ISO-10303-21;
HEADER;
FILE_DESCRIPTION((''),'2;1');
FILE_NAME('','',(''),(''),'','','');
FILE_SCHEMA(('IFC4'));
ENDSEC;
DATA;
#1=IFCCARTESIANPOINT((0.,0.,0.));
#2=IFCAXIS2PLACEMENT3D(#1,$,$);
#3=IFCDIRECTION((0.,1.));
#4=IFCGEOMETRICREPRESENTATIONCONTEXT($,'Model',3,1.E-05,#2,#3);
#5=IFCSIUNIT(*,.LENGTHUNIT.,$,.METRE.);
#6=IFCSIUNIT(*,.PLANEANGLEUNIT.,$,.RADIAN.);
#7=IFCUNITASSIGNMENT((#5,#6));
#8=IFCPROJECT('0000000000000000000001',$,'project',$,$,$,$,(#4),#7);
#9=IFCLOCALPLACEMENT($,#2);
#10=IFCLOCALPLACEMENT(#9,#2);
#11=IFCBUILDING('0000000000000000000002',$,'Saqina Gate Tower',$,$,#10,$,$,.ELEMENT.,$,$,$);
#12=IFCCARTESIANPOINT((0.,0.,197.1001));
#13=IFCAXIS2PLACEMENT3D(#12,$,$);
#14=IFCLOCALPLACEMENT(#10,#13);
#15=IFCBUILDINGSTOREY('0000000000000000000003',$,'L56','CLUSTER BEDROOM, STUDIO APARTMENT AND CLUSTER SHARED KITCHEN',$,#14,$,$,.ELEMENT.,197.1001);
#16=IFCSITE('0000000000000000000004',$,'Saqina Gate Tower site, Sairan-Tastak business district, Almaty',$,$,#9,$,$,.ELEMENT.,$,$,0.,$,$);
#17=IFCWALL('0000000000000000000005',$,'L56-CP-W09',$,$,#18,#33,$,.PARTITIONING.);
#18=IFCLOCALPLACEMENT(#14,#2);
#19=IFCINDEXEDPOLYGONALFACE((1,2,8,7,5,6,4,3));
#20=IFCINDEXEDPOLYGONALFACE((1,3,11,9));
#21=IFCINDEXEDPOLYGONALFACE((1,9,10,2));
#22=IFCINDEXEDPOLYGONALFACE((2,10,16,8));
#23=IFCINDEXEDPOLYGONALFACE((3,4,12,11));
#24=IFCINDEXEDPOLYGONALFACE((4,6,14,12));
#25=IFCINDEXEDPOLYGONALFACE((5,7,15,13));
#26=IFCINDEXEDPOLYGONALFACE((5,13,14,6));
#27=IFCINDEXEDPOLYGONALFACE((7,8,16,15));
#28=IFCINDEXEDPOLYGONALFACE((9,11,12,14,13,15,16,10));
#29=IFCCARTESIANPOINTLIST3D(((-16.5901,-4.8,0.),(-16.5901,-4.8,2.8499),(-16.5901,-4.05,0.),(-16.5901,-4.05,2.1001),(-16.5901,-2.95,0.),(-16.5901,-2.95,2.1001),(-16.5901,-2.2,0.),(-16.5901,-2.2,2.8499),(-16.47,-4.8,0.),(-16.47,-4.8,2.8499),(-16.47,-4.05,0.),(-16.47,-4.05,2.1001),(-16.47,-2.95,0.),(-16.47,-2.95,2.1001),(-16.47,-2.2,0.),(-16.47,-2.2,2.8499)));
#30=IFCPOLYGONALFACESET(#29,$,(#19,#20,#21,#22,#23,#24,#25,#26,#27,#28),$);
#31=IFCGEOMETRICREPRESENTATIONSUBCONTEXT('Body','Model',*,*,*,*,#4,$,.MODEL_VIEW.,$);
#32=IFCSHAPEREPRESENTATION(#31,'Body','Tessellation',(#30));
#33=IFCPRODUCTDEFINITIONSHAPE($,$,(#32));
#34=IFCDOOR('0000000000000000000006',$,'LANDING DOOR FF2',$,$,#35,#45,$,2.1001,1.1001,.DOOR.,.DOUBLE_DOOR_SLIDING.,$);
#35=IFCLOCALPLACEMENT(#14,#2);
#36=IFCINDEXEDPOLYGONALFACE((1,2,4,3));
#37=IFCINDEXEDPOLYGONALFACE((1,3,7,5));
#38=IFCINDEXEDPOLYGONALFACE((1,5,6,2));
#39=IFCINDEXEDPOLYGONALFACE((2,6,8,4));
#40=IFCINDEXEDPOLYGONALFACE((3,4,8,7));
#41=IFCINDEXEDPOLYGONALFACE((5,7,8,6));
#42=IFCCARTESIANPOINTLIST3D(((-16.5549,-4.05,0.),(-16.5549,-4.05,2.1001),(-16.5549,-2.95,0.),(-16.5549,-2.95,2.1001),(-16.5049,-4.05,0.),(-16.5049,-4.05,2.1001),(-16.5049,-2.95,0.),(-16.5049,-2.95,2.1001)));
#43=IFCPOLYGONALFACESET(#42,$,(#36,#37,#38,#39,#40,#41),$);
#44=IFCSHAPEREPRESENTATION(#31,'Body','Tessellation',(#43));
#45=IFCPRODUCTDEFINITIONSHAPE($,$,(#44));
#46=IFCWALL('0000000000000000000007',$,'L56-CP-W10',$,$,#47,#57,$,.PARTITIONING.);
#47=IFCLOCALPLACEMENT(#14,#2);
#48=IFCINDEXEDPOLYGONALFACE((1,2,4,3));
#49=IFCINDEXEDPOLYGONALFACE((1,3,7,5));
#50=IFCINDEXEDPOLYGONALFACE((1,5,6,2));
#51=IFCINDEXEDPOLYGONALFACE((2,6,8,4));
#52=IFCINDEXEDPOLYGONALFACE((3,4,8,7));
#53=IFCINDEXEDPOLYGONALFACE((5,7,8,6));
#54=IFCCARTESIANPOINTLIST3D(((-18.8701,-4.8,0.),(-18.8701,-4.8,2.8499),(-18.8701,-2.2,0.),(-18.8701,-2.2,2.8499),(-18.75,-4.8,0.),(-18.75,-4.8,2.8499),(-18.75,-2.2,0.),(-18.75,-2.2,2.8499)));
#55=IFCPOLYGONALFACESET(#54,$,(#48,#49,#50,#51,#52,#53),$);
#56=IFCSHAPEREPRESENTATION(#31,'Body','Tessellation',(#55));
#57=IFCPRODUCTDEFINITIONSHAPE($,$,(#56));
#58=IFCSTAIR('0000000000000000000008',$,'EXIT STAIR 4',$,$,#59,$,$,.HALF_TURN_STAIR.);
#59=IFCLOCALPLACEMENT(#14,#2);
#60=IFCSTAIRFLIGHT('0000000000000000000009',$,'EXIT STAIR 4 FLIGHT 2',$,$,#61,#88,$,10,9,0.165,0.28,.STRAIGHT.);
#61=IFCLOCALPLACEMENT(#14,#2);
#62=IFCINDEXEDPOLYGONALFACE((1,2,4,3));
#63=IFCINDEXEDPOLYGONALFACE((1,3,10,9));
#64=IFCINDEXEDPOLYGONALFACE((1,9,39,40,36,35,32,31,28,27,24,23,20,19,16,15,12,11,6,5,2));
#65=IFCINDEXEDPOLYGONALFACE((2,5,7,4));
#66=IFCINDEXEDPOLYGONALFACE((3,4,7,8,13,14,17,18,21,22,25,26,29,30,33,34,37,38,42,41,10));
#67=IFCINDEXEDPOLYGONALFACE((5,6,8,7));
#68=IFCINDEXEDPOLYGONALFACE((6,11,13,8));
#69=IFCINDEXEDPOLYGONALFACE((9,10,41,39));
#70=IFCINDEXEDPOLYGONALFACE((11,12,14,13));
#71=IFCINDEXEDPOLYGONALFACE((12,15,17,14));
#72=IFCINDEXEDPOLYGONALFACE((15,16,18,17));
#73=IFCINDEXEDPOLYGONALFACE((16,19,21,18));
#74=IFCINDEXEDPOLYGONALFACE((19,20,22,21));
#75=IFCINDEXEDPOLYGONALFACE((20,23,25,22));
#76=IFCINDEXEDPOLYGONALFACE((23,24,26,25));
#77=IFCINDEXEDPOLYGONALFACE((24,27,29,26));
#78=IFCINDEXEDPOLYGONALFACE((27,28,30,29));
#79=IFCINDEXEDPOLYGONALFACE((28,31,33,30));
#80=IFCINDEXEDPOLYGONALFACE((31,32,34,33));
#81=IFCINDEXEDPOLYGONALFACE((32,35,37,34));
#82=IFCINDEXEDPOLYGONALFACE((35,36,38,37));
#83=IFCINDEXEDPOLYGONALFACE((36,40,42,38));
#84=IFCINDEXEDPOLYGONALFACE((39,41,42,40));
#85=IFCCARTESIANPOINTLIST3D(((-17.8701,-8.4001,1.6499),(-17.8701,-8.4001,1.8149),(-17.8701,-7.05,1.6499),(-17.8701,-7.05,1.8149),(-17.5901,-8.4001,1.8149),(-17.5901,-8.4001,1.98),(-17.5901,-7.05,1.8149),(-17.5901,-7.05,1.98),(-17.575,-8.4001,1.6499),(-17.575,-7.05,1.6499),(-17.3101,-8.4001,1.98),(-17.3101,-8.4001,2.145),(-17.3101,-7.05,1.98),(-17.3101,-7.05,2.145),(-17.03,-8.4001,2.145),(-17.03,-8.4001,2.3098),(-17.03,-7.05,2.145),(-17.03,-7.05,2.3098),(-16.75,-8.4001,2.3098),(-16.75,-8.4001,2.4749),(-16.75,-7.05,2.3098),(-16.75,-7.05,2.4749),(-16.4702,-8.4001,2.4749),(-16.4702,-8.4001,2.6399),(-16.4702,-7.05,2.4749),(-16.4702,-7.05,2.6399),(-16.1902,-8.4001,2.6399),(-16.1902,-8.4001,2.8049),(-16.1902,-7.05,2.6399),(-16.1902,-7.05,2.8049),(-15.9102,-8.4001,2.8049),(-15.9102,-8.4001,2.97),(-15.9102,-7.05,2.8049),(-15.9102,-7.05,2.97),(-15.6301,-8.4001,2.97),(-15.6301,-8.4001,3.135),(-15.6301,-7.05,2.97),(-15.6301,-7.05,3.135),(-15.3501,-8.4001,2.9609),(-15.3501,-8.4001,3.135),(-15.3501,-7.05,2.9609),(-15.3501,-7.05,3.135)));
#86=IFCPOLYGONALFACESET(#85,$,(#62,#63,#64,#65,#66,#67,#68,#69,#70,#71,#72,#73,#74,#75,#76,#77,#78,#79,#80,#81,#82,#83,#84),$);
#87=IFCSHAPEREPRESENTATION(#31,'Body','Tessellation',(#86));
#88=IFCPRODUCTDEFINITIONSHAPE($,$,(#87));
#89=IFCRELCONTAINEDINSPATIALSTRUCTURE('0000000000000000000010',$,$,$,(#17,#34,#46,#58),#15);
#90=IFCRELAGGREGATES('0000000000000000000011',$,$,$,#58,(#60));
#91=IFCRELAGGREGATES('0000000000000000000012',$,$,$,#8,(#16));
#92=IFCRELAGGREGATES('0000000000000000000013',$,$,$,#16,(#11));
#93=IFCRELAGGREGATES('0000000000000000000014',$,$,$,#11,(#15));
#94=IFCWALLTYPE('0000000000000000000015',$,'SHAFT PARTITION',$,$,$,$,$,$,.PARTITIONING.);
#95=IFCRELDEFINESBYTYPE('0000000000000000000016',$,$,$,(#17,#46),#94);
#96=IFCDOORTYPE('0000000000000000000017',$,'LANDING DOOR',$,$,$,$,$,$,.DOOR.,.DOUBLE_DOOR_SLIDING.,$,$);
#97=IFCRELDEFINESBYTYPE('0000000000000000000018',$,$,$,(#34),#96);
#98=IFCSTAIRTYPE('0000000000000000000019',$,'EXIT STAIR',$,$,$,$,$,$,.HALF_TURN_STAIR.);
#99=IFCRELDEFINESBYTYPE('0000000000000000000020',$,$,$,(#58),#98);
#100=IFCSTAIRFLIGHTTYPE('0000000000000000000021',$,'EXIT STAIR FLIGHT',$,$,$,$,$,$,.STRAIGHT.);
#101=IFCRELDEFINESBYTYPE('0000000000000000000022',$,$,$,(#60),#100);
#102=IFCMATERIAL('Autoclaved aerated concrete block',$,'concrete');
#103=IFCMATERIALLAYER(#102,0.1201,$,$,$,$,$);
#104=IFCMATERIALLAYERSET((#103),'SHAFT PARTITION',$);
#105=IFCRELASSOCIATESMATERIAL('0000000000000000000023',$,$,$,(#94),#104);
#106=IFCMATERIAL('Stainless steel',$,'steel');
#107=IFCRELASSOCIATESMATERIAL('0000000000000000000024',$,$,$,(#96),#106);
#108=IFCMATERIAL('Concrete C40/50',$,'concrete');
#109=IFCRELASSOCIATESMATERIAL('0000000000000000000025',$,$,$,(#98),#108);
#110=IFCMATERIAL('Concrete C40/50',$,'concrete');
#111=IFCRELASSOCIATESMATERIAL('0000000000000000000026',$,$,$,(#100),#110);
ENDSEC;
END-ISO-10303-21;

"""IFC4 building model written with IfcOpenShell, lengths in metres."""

from ifc_helpers import new_model, si_unit, direction, frame, frame_2d, origin, place, context, subcontext, project, spatial, polyline, rectangle, outline, extrude, material, layer, layer_set, type_object, element, fill, aggregate, save


model = new_model("IFC4")

# Units and contexts
model_context = context("Model", 3, precision=1e-05, world=origin(), true_north=direction((0.0, 1.0)))
body_context = subcontext(model_context, "Body", "Model", "MODEL_VIEW")
ifc_project = project(units=[si_unit("LENGTHUNIT", "METRE"), si_unit("PLANEANGLEUNIT", "RADIAN")], contexts=[model_context])

# Site, building, storey
site_placement = place(None, origin())
site = spatial("IfcSite", under=ifc_project, at=site_placement, Name="Saqina Gate Tower site, Sairan-Tastak business district, Almaty", CompositionType="ELEMENT", RefElevation=0.0)
building_placement = place(site_placement, origin())
building = spatial("IfcBuilding", under=site, at=building_placement, Name="Saqina Gate Tower", CompositionType="ELEMENT")
storey_placement = place(building_placement, frame((0.0, 0.0, 197.1001)))
storey = spatial("IfcBuildingStorey", under=building, at=storey_placement, Name="L56", Description="CLUSTER BEDROOM, STUDIO APARTMENT AND CLUSTER SHARED KITCHEN", CompositionType="ELEMENT", Elevation=197.1001)

# Wall, opening, door
ifc_material_1 = material(Name="Autoclaved aerated concrete block", Category="concrete")
ifc_layer_1 = layer(ifc_material_1, 0.1201)
ifc_layer_set_1 = layer_set([ifc_layer_1], Name="SHAFT PARTITION")
wall_type_1 = type_object("IfcWallType", Name="SHAFT PARTITION", PredefinedType="PARTITIONING", material=ifc_layer_set_1)
wall_1_placement = place(storey_placement, frame((-16.53, -4.8, 0.0), z_axis=(0.0, 0.0, 1.0), x_axis=(0.0, 1.0, 0.0)))
wall_1 = element("IfcWall", 1, at=wall_1_placement, inside=storey, type_object=wall_type_1, Name="L56-CP-W09", PredefinedType="PARTITIONING", context=body_context, shape_type="SweptSolid", body=[
    extrude(rectangle(XDim=2.6001, YDim=0.1201, at=frame_2d((1.3, 0.0))), origin(), (0.0, 0.0, 1.0), 2.8499),
])
opening_1_placement = place(wall_1_placement, frame((0.75, 0.0, 0.0)))
opening_1 = element("IfcOpeningElement", 2, at=opening_1_placement, cuts=wall_1, PredefinedType="OPENING", context=body_context, shape_type="SweptSolid", body=[
    extrude(rectangle(XDim=1.1001, YDim=2.1001, at=frame_2d((0.55, 1.05))), frame((0.0, 0.072, 0.0), z_axis=(0.0, -1.0, 0.0), x_axis=(1.0, 0.0, 0.0)), (0.0, 0.0, 1.0), 0.144),
])
ifc_material_2 = material(Name="Stainless steel", Category="steel")
door_type_1 = type_object("IfcDoorType", Name="LANDING DOOR", OperationType="DOUBLE_DOOR_SLIDING", PredefinedType="DOOR", material=ifc_material_2)
door_1_placement = place(opening_1_placement, origin())
door_1 = element("IfcDoor", 3, at=door_1_placement, inside=storey, type_object=door_type_1, Name="LANDING DOOR FF2", OperationType="DOUBLE_DOOR_SLIDING", OverallHeight=2.1001, OverallWidth=1.1001, PredefinedType="DOOR", context=body_context, shape_type="SweptSolid", body=[
    extrude(rectangle(XDim=1.1001, YDim=2.1001, at=frame_2d((0.55, 1.05))), frame((0.0, 0.0249, 0.0), z_axis=(0.0, -1.0, 0.0), x_axis=(1.0, 0.0, 0.0)), (0.0, 0.0, 1.0), 0.05),
])
fill(opening_1, door_1)

# Wall
wall_2_placement = place(storey_placement, frame((-18.8101, -4.8, 0.0), z_axis=(0.0, 0.0, 1.0), x_axis=(0.0, 1.0, 0.0)))
element("IfcWall", 4, at=wall_2_placement, inside=storey, type_object=wall_type_1, Name="L56-CP-W10", PredefinedType="PARTITIONING", context=body_context, shape_type="SweptSolid", body=[
    extrude(rectangle(XDim=2.6001, YDim=0.1201, at=frame_2d((1.3, 0.0))), origin(), (0.0, 0.0, 1.0), 2.8499),
])

# Stair, stair flight
ifc_material_3 = material(Name="Concrete C40/50", Category="concrete")
stair_type = type_object("IfcStairType", Name="EXIT STAIR", PredefinedType="HALF_TURN_STAIR", material=ifc_material_3)
stair_placement = place(storey_placement, origin())
stair = element("IfcStair", 5, at=stair_placement, inside=storey, type_object=stair_type, Name="EXIT STAIR 4", PredefinedType="HALF_TURN_STAIR")
ifc_material_4 = material(Name="Concrete C40/50", Category="concrete")
stair_flight_type = type_object("IfcStairFlightType", Name="EXIT STAIR FLIGHT", PredefinedType="STRAIGHT", material=ifc_material_4)
stair_flight_placement = place(storey_placement, frame((-17.8701, -7.7251, 1.6499), z_axis=(0.0, 0.0, 1.0), x_axis=(1.0, 0.0, 0.0)))
stair_flight = element("IfcStairFlight", 6, at=stair_flight_placement, type_object=stair_flight_type, Name="EXIT STAIR 4 FLIGHT 2", NumberOfRisers=10, NumberOfTreads=9, PredefinedType="STRAIGHT", RiserHeight=0.165, TreadLength=0.28, context=body_context, shape_type="SweptSolid", body=[
    extrude(outline(polyline([(0.0, 0.0), (0.0, 0.165), (0.28, 0.165), (0.28, 0.3301), (0.5601, 0.3301), (0.5601, 0.4951), (0.8401, 0.4951), (0.8401, 0.6599), (1.1201, 0.6599), (1.1201, 0.825), (1.3999, 0.825), (1.3999, 0.99), (1.6799, 0.99), (1.6799, 1.155), (1.96, 1.155), (1.96, 1.3201), (2.24, 1.3201), (2.24, 1.4851), (2.52, 1.4851), (2.52, 1.6499), (2.52, 1.311), (0.2952, 0.0), (0.0, 0.0)])), frame((0.0, 0.675, 0.0), z_axis=(0.0, -1.0, 0.0), x_axis=(1.0, 0.0, 0.0)), (0.0, 0.0, 1.0), 1.3501),
])
aggregate(stair, [stair_flight])

save(model, "model.ifc")
